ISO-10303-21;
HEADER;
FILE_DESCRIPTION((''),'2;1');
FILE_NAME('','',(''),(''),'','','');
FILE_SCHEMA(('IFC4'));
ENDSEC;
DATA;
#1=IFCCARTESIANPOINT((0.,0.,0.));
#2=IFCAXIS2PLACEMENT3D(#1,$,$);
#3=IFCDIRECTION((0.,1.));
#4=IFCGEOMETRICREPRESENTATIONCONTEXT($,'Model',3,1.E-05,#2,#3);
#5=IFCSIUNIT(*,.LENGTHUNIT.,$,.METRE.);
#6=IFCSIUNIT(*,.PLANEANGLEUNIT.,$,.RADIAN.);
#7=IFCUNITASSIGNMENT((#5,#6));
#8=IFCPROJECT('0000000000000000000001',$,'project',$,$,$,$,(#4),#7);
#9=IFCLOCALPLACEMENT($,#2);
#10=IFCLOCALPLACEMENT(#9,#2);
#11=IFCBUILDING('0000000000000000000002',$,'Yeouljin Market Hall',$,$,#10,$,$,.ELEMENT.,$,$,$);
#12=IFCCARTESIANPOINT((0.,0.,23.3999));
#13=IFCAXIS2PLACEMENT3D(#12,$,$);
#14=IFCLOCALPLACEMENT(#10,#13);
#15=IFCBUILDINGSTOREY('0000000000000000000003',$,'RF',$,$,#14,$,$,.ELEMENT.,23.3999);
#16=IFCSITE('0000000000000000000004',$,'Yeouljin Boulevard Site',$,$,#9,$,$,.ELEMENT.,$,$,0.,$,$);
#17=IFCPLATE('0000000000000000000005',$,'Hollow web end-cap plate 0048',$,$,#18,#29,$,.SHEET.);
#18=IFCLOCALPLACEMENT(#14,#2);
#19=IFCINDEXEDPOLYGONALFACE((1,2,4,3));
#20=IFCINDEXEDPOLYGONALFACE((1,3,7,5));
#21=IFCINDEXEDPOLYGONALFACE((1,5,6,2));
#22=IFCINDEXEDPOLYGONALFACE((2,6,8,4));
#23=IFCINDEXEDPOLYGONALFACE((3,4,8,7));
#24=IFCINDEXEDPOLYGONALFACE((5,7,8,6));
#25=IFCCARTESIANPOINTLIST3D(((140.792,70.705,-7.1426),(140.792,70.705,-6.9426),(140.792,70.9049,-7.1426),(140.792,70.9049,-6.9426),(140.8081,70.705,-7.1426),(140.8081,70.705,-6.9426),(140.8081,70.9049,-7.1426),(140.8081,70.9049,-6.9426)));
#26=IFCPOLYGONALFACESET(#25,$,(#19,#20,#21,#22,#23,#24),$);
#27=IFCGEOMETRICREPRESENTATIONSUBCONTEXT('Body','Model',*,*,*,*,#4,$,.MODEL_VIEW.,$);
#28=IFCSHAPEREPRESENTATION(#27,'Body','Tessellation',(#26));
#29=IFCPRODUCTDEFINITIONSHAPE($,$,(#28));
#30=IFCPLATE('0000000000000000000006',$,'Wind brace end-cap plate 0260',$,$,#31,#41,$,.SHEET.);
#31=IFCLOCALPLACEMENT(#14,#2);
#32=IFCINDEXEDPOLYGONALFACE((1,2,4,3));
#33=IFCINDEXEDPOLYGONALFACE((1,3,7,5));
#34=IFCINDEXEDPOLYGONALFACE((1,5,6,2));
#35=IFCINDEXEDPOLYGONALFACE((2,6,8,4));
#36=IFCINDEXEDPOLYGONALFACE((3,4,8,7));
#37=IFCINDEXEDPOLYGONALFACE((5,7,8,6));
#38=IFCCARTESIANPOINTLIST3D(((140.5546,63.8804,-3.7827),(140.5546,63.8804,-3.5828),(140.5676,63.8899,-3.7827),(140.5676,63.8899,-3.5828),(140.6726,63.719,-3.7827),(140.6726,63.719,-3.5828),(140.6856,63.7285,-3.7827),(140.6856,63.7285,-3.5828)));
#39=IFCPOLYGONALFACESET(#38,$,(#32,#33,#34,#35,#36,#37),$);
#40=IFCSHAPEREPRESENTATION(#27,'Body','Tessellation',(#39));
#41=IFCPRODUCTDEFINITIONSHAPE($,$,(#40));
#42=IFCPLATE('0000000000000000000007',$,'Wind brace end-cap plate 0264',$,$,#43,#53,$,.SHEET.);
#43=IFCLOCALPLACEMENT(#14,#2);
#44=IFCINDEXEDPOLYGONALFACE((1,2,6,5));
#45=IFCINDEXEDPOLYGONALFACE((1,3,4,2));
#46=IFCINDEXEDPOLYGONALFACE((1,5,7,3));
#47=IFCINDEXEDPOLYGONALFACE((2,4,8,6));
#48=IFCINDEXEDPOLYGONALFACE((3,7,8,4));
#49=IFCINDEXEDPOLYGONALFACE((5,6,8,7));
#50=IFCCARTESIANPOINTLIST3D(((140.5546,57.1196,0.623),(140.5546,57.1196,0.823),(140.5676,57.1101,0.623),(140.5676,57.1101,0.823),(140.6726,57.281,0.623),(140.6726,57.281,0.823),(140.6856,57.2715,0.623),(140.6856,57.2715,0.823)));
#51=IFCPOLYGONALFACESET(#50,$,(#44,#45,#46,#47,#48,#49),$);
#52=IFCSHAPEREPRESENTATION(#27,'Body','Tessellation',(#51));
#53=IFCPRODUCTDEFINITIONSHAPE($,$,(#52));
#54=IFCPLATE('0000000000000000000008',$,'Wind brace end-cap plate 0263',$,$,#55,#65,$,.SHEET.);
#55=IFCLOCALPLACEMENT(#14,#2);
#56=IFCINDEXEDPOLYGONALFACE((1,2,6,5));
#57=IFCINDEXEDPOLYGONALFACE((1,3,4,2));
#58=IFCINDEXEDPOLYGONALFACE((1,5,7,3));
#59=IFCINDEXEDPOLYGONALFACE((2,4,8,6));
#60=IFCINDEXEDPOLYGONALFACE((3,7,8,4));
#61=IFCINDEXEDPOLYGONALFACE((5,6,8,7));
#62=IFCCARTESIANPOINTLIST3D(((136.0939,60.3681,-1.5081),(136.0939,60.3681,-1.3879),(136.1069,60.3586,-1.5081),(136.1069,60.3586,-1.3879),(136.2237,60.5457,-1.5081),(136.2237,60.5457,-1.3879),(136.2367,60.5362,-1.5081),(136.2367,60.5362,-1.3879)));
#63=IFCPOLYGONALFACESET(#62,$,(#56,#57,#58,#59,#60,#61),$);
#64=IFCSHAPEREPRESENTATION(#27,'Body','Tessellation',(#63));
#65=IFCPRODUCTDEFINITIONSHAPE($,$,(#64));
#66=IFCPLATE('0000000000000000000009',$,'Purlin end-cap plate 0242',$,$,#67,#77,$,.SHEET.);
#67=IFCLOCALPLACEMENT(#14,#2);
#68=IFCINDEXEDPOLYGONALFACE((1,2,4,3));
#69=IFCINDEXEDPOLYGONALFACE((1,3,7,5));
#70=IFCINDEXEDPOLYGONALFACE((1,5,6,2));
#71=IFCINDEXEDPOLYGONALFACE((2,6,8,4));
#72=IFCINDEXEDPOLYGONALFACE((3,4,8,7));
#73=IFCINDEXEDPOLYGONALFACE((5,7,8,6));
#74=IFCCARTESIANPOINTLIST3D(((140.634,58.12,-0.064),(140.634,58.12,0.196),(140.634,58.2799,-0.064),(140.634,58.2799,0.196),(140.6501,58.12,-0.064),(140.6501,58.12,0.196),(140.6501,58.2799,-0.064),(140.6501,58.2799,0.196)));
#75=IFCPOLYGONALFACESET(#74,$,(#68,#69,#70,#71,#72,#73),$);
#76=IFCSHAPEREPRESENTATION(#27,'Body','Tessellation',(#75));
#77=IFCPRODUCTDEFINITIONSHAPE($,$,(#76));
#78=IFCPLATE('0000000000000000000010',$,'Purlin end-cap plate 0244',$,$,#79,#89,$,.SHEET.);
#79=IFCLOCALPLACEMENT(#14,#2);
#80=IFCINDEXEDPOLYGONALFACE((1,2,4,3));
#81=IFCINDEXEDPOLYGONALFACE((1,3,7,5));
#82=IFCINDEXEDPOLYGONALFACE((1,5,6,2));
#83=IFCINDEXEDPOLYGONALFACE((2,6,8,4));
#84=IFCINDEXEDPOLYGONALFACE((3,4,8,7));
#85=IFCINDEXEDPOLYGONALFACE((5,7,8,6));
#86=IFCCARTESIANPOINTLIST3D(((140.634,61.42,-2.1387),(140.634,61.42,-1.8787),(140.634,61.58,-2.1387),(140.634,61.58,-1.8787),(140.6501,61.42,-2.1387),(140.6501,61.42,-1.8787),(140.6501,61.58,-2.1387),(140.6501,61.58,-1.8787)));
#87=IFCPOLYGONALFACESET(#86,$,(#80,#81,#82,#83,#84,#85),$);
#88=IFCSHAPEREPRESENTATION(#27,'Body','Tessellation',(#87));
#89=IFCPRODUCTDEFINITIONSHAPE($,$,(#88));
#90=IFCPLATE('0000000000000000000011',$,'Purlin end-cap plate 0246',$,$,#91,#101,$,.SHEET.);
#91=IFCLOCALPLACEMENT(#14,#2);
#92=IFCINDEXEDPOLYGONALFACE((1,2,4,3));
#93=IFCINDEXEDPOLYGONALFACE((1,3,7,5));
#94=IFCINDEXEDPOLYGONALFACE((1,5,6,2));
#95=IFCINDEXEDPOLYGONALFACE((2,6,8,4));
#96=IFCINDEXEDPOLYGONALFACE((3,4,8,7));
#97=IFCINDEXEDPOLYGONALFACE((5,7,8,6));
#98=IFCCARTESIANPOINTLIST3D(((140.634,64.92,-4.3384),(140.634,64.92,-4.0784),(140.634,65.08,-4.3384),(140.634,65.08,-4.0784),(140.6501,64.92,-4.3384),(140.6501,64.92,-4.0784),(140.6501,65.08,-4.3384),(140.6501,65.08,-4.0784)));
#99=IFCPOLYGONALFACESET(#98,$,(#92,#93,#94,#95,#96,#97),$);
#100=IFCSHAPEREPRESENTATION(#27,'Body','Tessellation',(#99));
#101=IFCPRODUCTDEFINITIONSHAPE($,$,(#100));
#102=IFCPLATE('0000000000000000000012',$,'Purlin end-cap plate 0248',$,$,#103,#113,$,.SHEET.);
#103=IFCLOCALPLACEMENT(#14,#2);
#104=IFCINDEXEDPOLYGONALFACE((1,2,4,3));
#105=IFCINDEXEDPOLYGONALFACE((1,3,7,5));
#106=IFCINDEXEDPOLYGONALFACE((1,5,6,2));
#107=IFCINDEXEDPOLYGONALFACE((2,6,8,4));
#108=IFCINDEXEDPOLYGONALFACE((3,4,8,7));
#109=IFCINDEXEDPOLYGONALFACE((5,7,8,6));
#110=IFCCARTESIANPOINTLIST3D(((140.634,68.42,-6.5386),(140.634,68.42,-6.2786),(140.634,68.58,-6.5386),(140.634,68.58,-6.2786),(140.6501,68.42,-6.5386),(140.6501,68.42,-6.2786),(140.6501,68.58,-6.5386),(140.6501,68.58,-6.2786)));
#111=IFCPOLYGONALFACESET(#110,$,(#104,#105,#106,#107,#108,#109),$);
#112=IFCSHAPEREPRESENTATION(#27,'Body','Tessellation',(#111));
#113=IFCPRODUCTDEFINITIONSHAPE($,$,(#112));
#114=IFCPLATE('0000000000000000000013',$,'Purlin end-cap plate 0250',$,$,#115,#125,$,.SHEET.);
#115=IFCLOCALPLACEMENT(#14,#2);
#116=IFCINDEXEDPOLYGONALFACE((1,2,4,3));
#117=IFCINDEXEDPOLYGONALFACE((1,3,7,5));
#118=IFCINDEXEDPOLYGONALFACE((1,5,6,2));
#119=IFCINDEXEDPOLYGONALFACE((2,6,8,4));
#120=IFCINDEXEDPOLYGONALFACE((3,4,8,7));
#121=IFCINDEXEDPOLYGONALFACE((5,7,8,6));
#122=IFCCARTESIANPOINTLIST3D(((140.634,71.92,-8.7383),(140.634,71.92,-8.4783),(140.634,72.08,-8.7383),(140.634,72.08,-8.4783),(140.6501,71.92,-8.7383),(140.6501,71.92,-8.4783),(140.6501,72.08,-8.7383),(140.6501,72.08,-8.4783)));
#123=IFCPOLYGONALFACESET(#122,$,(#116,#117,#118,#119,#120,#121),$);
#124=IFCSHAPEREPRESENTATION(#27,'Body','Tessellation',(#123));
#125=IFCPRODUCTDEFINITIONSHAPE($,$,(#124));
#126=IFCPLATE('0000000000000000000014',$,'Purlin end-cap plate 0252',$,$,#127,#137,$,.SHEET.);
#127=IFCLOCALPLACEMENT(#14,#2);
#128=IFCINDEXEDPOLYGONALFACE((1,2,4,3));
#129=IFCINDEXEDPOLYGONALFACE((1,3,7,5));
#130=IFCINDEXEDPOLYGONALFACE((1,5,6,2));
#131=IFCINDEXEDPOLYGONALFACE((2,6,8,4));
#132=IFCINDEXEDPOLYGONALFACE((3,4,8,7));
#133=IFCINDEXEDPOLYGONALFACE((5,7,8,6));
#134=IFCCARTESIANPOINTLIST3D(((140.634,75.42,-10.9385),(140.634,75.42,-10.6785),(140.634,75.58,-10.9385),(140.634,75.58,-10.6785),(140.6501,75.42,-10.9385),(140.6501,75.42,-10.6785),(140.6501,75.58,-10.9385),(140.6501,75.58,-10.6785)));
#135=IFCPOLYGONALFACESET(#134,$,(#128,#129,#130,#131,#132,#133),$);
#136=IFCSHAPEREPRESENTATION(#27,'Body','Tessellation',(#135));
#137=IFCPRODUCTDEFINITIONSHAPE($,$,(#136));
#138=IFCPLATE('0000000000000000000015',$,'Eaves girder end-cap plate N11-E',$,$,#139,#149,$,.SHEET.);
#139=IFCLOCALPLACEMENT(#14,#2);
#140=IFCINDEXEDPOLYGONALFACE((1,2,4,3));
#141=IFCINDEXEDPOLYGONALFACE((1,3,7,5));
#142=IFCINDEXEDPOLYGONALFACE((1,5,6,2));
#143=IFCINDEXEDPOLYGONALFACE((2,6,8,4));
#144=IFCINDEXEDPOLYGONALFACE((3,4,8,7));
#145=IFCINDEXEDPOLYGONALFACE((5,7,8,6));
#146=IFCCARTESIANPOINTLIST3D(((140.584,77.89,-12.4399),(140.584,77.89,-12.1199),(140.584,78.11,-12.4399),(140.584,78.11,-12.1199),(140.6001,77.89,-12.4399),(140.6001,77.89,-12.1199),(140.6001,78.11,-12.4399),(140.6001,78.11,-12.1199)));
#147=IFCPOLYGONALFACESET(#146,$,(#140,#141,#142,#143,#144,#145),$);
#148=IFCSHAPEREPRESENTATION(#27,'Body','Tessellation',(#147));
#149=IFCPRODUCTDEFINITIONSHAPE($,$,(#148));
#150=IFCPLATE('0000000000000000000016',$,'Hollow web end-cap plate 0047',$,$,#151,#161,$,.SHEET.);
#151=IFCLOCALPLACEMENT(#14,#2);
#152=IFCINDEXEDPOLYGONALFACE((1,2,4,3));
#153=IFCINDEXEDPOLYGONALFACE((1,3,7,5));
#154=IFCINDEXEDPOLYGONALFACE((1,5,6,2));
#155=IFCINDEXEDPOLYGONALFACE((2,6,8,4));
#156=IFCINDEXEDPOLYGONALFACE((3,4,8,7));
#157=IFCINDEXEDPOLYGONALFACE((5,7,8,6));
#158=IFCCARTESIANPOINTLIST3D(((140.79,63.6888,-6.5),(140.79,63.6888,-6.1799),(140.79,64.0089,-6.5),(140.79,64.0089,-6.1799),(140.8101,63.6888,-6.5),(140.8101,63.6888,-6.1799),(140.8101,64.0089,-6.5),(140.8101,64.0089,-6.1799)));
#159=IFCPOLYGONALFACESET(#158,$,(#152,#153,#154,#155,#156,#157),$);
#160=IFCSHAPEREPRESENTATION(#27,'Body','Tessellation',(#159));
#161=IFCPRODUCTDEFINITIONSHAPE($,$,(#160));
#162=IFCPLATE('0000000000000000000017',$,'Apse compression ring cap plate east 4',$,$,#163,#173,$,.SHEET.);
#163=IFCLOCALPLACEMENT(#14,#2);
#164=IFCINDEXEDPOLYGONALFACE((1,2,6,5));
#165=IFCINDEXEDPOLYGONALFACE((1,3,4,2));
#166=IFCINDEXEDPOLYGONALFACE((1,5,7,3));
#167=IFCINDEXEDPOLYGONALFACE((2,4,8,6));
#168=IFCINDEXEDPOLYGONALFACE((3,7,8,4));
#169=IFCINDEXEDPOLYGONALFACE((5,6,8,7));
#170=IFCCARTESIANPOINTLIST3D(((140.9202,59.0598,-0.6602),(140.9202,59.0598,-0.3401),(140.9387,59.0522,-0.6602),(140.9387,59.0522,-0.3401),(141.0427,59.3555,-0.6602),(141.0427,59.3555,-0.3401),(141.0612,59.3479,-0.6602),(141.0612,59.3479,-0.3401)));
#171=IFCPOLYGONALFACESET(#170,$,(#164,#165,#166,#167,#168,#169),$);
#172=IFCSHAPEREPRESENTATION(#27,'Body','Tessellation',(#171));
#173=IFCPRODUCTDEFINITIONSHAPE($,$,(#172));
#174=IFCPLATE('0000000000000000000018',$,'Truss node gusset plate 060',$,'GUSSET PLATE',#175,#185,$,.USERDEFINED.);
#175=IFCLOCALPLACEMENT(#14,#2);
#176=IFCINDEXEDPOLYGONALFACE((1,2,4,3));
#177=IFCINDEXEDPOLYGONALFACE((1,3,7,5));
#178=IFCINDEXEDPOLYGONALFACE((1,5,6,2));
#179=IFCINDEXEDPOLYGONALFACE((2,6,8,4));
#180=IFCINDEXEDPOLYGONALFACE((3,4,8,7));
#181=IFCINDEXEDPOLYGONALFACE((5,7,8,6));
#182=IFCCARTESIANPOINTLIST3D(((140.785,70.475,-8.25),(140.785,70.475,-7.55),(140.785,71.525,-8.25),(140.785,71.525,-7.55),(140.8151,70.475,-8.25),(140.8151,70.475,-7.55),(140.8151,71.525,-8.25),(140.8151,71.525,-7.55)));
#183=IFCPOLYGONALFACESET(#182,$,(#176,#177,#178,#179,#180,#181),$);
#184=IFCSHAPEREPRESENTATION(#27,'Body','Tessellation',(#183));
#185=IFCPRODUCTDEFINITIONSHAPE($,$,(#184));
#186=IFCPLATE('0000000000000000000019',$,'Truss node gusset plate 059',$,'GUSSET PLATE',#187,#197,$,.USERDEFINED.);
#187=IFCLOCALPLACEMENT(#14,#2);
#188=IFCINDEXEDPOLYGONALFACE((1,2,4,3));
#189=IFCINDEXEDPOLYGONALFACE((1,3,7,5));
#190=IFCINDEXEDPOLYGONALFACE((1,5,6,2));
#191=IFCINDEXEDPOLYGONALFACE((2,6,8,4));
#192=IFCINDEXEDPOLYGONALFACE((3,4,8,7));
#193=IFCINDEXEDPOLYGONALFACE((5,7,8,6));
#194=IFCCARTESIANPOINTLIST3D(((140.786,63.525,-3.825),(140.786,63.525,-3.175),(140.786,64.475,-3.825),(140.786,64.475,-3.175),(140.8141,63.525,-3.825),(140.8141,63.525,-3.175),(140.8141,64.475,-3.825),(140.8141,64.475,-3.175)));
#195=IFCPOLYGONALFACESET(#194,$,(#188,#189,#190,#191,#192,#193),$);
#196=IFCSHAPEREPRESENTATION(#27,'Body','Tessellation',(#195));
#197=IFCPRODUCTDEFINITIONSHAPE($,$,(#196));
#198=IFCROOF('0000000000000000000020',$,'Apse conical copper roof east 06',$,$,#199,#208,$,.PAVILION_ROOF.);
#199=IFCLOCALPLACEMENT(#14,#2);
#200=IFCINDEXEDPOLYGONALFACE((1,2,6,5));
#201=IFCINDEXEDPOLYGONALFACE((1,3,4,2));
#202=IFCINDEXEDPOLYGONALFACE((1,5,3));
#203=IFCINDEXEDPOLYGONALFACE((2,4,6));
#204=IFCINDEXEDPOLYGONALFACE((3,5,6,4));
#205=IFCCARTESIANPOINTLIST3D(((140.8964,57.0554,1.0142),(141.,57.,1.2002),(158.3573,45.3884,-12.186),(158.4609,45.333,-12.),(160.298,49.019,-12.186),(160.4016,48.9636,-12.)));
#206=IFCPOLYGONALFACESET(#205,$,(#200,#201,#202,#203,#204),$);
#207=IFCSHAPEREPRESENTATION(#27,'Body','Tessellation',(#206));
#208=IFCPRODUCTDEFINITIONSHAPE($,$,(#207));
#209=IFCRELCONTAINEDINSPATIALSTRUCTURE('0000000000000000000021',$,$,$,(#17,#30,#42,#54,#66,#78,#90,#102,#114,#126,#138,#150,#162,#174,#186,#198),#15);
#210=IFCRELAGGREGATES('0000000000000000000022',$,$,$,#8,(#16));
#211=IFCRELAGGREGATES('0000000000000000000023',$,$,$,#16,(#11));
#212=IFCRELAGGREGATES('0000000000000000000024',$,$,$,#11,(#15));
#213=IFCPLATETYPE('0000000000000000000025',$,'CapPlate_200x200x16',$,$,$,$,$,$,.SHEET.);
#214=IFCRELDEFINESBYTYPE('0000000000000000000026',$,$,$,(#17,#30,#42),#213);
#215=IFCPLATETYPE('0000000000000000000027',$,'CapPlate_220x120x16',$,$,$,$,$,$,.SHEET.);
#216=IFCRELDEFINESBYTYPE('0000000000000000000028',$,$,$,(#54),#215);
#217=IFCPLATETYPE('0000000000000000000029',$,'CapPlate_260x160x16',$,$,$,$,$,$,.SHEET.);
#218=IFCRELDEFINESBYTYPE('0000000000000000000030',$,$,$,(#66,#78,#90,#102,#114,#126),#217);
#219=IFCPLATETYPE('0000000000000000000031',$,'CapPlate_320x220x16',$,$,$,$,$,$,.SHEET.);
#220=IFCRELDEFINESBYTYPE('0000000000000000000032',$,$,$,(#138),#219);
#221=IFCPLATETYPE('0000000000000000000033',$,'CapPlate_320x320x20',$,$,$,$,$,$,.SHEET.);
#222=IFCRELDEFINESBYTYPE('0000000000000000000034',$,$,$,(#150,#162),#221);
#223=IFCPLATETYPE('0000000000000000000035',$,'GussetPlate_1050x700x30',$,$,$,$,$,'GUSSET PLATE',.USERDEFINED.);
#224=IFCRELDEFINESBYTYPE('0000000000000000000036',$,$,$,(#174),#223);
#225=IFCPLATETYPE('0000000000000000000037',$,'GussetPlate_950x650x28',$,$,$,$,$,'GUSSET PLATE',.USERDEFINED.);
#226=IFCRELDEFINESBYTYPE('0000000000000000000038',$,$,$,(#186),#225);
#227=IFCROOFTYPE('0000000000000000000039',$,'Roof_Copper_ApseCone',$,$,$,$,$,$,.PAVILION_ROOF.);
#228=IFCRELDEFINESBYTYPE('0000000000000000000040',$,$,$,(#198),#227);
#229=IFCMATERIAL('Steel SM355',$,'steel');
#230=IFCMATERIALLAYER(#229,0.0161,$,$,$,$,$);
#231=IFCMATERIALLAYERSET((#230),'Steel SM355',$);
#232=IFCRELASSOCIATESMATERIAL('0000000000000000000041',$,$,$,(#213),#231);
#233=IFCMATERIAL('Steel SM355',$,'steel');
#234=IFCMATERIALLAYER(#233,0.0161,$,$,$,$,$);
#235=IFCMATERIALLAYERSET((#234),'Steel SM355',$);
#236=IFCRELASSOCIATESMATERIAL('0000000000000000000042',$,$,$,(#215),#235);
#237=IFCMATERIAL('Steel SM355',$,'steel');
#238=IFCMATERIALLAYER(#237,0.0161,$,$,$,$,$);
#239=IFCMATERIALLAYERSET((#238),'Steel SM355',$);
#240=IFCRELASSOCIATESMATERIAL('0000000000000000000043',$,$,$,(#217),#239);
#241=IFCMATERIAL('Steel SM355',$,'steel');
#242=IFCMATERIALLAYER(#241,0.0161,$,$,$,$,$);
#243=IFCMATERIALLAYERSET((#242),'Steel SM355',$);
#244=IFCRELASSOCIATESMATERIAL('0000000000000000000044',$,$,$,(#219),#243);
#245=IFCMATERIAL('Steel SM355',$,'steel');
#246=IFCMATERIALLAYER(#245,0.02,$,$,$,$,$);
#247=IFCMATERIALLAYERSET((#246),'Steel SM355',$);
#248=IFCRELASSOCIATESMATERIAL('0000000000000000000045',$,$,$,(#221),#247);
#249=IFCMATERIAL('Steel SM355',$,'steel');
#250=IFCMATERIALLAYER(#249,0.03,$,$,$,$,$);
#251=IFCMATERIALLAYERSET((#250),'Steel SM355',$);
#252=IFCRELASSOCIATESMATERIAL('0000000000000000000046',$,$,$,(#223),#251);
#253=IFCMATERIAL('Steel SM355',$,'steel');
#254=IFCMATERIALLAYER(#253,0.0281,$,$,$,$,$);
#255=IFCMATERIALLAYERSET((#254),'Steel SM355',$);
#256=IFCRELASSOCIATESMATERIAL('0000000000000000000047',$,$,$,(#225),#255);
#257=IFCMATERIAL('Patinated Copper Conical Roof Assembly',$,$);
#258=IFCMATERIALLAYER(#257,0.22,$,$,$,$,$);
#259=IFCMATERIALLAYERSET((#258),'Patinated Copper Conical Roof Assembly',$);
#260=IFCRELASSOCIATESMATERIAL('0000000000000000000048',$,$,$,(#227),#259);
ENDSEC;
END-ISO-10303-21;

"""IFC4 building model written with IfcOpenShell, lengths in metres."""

from ifc_helpers import new_model, si_unit, direction, frame, origin, origin_2d, place, context, subcontext, project, spatial, polyline, rectangle, outline, extrude, material, layer, layer_set, type_object, element, save


model = new_model("IFC4")

# Units and contexts
model_context = context("Model", 3, precision=1e-05, world=origin(), true_north=direction((0.0, 1.0)))
body_context = subcontext(model_context, "Body", "Model", "MODEL_VIEW")
ifc_project = project(units=[si_unit("LENGTHUNIT", "METRE"), si_unit("PLANEANGLEUNIT", "RADIAN")], contexts=[model_context])

# Site, building, storey
site_placement = place(None, origin())
site = spatial("IfcSite", under=ifc_project, at=site_placement, Name="Yeouljin Boulevard Site", CompositionType="ELEMENT", RefElevation=0.0)
building_placement = place(site_placement, origin())
building = spatial("IfcBuilding", under=site, at=building_placement, Name="Yeouljin Market Hall", CompositionType="ELEMENT")
storey_placement = place(building_placement, frame((0.0, 0.0, 23.3999)))
storey = spatial("IfcBuildingStorey", under=building, at=storey_placement, Name="RF", CompositionType="ELEMENT", Elevation=23.3999)

# Plates
ifc_material_1 = material(Name="Steel SM355", Category="steel")
ifc_layer_1 = layer(ifc_material_1, 0.0161)
ifc_layer_set_1 = layer_set([ifc_layer_1], Name="Steel SM355")
plate_type_1 = type_object("IfcPlateType", Name="CapPlate_200x200x16", PredefinedType="SHEET", material=ifc_layer_set_1)
for number, where, z_axis, x_axis, name in (
    (1, (140.8, 70.8049, -7.1426), (0.0, 0.0, 1.0), (0.0, 1.0, 0.0), "Hollow web end-cap plate 0048"),
    (2, (140.6201, 63.8044, -3.7827), (0.0, 0.0, 1.0), (-0.590183, 0.807269, 0.0), "Wind brace end-cap plate 0260"),
    (3, (140.6201, 57.1956, 0.623), (0.0, 0.0, 1.0), (0.590183, 0.807269, 0.0), "Wind brace end-cap plate 0264"),
):
    element("IfcPlate", number, at=place(storey_placement, frame(where, z_axis=z_axis, x_axis=x_axis)), inside=storey, type_object=plate_type_1, Name=name, PredefinedType="SHEET", context=body_context, shape_type="SweptSolid", body=[
        extrude(rectangle(XDim=0.2, YDim=0.0161, at=origin_2d()), origin(), (0.0, 0.0, 1.0), 0.2),
    ])
ifc_material_2 = material(Name="Steel SM355", Category="steel")
ifc_layer_2 = layer(ifc_material_2, 0.0161)
ifc_layer_set_2 = layer_set([ifc_layer_2], Name="Steel SM355")
plate_type_2 = type_object("IfcPlateType", Name="CapPlate_220x120x16", PredefinedType="SHEET", material=ifc_layer_set_2)
plate_1_placement = place(storey_placement, frame((136.1653, 60.4521, -1.5081), z_axis=(0.0, 0.0, 1.0), x_axis=(0.590183, 0.807269, 0.0)))
element("IfcPlate", 4, at=plate_1_placement, inside=storey, type_object=plate_type_2, Name="Wind brace end-cap plate 0263", PredefinedType="SHEET", context=body_context, shape_type="SweptSolid", body=[
    extrude(rectangle(XDim=0.22, YDim=0.0161, at=origin_2d()), origin(), (0.0, 0.0, 1.0), 0.1201),
])
ifc_material_3 = material(Name="Steel SM355", Category="steel")
ifc_layer_3 = layer(ifc_material_3, 0.0161)
ifc_layer_set_3 = layer_set([ifc_layer_3], Name="Steel SM355")
plate_type_3 = type_object("IfcPlateType", Name="CapPlate_260x160x16", PredefinedType="SHEET", material=ifc_layer_set_3)
for number, where, z_axis, x_axis, name in (
    (5, (140.6421, 58.2, -0.064), (0.0, 0.0, 1.0), (0.0, 1.0, 0.0), "Purlin end-cap plate 0242"),
    (6, (140.6421, 61.5, -2.1387), (0.0, 0.0, 1.0), (0.0, 1.0, 0.0), "Purlin end-cap plate 0244"),
    (7, (140.6421, 65.0, -4.3384), (0.0, 0.0, 1.0), (0.0, 1.0, 0.0), "Purlin end-cap plate 0246"),
    (8, (140.6421, 68.5, -6.5386), (0.0, 0.0, 1.0), (0.0, 1.0, 0.0), "Purlin end-cap plate 0248"),
    (9, (140.6421, 72.0, -8.7383), (0.0, 0.0, 1.0), (0.0, 1.0, 0.0), "Purlin end-cap plate 0250"),
    (10, (140.6421, 75.5, -10.9385), (0.0, 0.0, 1.0), (0.0, 1.0, 0.0), "Purlin end-cap plate 0252"),
):
    element("IfcPlate", number, at=place(storey_placement, frame(where, z_axis=z_axis, x_axis=x_axis)), inside=storey, type_object=plate_type_3, Name=name, PredefinedType="SHEET", context=body_context, shape_type="SweptSolid", body=[
        extrude(rectangle(XDim=0.1599, YDim=0.0161, at=origin_2d()), origin(), (0.0, 0.0, 1.0), 0.26),
    ])
ifc_material_4 = material(Name="Steel SM355", Category="steel")
ifc_layer_4 = layer(ifc_material_4, 0.0161)
ifc_layer_set_4 = layer_set([ifc_layer_4], Name="Steel SM355")
plate_type_4 = type_object("IfcPlateType", Name="CapPlate_320x220x16", PredefinedType="SHEET", material=ifc_layer_set_4)
plate_2_placement = place(storey_placement, frame((140.592, 78.0, -12.4399), z_axis=(0.0, 0.0, 1.0), x_axis=(0.0, 1.0, 0.0)))
element("IfcPlate", 11, at=plate_2_placement, inside=storey, type_object=plate_type_4, Name="Eaves girder end-cap plate N11-E", PredefinedType="SHEET", context=body_context, shape_type="SweptSolid", body=[
    extrude(rectangle(XDim=0.22, YDim=0.0161, at=origin_2d()), origin(), (0.0, 0.0, 1.0), 0.3201),
])
ifc_material_5 = material(Name="Steel SM355", Category="steel")
ifc_layer_5 = layer(ifc_material_5, 0.02)
ifc_layer_set_5 = layer_set([ifc_layer_5], Name="Steel SM355")
plate_type_5 = type_object("IfcPlateType", Name="CapPlate_320x320x20", PredefinedType="SHEET", material=ifc_layer_set_5)
for number, where, z_axis, x_axis, name in (
    (12, (140.8, 63.8489, -6.5), (0.0, 0.0, 1.0), (0.0, 1.0, 0.0), "Hollow web end-cap plate 0047"),
    (13, (140.9907, 59.2039, -0.6602), (0.0, 0.0, 1.0), (-0.382683, -0.92388, 0.0), "Apse compression ring cap plate east 4"),
):
    element("IfcPlate", number, at=place(storey_placement, frame(where, z_axis=z_axis, x_axis=x_axis)), inside=storey, type_object=plate_type_5, Name=name, PredefinedType="SHEET", context=body_context, shape_type="SweptSolid", body=[
        extrude(rectangle(XDim=0.3201, YDim=0.02, at=origin_2d()), origin(), (0.0, 0.0, 1.0), 0.3201),
    ])
ifc_material_6 = material(Name="Steel SM355", Category="steel")
ifc_layer_6 = layer(ifc_material_6, 0.03)
ifc_layer_set_6 = layer_set([ifc_layer_6], Name="Steel SM355")
plate_type_6 = type_object("IfcPlateType", Name="GussetPlate_1050x700x30", ElementType="GUSSET PLATE", PredefinedType="USERDEFINED", material=ifc_layer_set_6)
plate_3_placement = place(storey_placement, frame((140.8, 71.0, -8.25), z_axis=(0.0, 0.0, 1.0), x_axis=(0.0, 1.0, 0.0)))
element("IfcPlate", 14, at=plate_3_placement, inside=storey, type_object=plate_type_6, Name="Truss node gusset plate 060", ObjectType="GUSSET PLATE", PredefinedType="USERDEFINED", context=body_context, shape_type="SweptSolid", body=[
    extrude(rectangle(XDim=1.05, YDim=0.03, at=origin_2d()), origin(), (0.0, 0.0, 1.0), 0.7),
])
ifc_material_7 = material(Name="Steel SM355", Category="steel")
ifc_layer_7 = layer(ifc_material_7, 0.0281)
ifc_layer_set_7 = layer_set([ifc_layer_7], Name="Steel SM355")
plate_type_7 = type_object("IfcPlateType", Name="GussetPlate_950x650x28", ElementType="GUSSET PLATE", PredefinedType="USERDEFINED", material=ifc_layer_set_7)
plate_4_placement = place(storey_placement, frame((140.8, 64.0, -3.825), z_axis=(0.0, 0.0, 1.0), x_axis=(0.0, 1.0, 0.0)))
element("IfcPlate", 15, at=plate_4_placement, inside=storey, type_object=plate_type_7, Name="Truss node gusset plate 059", ObjectType="GUSSET PLATE", PredefinedType="USERDEFINED", context=body_context, shape_type="SweptSolid", body=[
    extrude(rectangle(XDim=0.95, YDim=0.0281, at=origin_2d()), origin(), (0.0, 0.0, 1.0), 0.6499),
])

# Roof
ifc_material_8 = material(Name="Patinated Copper Conical Roof Assembly")
ifc_layer_8 = layer(ifc_material_8, 0.22)
ifc_layer_set_8 = layer_set([ifc_layer_8], Name="Patinated Copper Conical Roof Assembly")
roof_type = type_object("IfcRoofType", Name="Roof_Copper_ApseCone", PredefinedType="PAVILION_ROOF", material=ifc_layer_set_8)
roof_1_placement = place(storey_placement, frame((141.0, 57.0, 1.2002), z_axis=(0.470957, -0.251741, 0.845474), x_axis=(0.703951, -0.470364, -0.532176)))
element("IfcRoof", 16, at=roof_1_placement, inside=storey, type_object=roof_type, Name="Apse conical copper roof east 06", PredefinedType="PAVILION_ROOF", context=body_context, shape_type="SweptSolid", body=[
    extrude(outline(polyline([(0.0, 0.0), (24.8042, 0.0), (24.4626, 4.1025), (0.0, 0.0)])), origin(), (0.0, 0.0, -1.0), 0.22),
])

save(model, "model.ifc")
